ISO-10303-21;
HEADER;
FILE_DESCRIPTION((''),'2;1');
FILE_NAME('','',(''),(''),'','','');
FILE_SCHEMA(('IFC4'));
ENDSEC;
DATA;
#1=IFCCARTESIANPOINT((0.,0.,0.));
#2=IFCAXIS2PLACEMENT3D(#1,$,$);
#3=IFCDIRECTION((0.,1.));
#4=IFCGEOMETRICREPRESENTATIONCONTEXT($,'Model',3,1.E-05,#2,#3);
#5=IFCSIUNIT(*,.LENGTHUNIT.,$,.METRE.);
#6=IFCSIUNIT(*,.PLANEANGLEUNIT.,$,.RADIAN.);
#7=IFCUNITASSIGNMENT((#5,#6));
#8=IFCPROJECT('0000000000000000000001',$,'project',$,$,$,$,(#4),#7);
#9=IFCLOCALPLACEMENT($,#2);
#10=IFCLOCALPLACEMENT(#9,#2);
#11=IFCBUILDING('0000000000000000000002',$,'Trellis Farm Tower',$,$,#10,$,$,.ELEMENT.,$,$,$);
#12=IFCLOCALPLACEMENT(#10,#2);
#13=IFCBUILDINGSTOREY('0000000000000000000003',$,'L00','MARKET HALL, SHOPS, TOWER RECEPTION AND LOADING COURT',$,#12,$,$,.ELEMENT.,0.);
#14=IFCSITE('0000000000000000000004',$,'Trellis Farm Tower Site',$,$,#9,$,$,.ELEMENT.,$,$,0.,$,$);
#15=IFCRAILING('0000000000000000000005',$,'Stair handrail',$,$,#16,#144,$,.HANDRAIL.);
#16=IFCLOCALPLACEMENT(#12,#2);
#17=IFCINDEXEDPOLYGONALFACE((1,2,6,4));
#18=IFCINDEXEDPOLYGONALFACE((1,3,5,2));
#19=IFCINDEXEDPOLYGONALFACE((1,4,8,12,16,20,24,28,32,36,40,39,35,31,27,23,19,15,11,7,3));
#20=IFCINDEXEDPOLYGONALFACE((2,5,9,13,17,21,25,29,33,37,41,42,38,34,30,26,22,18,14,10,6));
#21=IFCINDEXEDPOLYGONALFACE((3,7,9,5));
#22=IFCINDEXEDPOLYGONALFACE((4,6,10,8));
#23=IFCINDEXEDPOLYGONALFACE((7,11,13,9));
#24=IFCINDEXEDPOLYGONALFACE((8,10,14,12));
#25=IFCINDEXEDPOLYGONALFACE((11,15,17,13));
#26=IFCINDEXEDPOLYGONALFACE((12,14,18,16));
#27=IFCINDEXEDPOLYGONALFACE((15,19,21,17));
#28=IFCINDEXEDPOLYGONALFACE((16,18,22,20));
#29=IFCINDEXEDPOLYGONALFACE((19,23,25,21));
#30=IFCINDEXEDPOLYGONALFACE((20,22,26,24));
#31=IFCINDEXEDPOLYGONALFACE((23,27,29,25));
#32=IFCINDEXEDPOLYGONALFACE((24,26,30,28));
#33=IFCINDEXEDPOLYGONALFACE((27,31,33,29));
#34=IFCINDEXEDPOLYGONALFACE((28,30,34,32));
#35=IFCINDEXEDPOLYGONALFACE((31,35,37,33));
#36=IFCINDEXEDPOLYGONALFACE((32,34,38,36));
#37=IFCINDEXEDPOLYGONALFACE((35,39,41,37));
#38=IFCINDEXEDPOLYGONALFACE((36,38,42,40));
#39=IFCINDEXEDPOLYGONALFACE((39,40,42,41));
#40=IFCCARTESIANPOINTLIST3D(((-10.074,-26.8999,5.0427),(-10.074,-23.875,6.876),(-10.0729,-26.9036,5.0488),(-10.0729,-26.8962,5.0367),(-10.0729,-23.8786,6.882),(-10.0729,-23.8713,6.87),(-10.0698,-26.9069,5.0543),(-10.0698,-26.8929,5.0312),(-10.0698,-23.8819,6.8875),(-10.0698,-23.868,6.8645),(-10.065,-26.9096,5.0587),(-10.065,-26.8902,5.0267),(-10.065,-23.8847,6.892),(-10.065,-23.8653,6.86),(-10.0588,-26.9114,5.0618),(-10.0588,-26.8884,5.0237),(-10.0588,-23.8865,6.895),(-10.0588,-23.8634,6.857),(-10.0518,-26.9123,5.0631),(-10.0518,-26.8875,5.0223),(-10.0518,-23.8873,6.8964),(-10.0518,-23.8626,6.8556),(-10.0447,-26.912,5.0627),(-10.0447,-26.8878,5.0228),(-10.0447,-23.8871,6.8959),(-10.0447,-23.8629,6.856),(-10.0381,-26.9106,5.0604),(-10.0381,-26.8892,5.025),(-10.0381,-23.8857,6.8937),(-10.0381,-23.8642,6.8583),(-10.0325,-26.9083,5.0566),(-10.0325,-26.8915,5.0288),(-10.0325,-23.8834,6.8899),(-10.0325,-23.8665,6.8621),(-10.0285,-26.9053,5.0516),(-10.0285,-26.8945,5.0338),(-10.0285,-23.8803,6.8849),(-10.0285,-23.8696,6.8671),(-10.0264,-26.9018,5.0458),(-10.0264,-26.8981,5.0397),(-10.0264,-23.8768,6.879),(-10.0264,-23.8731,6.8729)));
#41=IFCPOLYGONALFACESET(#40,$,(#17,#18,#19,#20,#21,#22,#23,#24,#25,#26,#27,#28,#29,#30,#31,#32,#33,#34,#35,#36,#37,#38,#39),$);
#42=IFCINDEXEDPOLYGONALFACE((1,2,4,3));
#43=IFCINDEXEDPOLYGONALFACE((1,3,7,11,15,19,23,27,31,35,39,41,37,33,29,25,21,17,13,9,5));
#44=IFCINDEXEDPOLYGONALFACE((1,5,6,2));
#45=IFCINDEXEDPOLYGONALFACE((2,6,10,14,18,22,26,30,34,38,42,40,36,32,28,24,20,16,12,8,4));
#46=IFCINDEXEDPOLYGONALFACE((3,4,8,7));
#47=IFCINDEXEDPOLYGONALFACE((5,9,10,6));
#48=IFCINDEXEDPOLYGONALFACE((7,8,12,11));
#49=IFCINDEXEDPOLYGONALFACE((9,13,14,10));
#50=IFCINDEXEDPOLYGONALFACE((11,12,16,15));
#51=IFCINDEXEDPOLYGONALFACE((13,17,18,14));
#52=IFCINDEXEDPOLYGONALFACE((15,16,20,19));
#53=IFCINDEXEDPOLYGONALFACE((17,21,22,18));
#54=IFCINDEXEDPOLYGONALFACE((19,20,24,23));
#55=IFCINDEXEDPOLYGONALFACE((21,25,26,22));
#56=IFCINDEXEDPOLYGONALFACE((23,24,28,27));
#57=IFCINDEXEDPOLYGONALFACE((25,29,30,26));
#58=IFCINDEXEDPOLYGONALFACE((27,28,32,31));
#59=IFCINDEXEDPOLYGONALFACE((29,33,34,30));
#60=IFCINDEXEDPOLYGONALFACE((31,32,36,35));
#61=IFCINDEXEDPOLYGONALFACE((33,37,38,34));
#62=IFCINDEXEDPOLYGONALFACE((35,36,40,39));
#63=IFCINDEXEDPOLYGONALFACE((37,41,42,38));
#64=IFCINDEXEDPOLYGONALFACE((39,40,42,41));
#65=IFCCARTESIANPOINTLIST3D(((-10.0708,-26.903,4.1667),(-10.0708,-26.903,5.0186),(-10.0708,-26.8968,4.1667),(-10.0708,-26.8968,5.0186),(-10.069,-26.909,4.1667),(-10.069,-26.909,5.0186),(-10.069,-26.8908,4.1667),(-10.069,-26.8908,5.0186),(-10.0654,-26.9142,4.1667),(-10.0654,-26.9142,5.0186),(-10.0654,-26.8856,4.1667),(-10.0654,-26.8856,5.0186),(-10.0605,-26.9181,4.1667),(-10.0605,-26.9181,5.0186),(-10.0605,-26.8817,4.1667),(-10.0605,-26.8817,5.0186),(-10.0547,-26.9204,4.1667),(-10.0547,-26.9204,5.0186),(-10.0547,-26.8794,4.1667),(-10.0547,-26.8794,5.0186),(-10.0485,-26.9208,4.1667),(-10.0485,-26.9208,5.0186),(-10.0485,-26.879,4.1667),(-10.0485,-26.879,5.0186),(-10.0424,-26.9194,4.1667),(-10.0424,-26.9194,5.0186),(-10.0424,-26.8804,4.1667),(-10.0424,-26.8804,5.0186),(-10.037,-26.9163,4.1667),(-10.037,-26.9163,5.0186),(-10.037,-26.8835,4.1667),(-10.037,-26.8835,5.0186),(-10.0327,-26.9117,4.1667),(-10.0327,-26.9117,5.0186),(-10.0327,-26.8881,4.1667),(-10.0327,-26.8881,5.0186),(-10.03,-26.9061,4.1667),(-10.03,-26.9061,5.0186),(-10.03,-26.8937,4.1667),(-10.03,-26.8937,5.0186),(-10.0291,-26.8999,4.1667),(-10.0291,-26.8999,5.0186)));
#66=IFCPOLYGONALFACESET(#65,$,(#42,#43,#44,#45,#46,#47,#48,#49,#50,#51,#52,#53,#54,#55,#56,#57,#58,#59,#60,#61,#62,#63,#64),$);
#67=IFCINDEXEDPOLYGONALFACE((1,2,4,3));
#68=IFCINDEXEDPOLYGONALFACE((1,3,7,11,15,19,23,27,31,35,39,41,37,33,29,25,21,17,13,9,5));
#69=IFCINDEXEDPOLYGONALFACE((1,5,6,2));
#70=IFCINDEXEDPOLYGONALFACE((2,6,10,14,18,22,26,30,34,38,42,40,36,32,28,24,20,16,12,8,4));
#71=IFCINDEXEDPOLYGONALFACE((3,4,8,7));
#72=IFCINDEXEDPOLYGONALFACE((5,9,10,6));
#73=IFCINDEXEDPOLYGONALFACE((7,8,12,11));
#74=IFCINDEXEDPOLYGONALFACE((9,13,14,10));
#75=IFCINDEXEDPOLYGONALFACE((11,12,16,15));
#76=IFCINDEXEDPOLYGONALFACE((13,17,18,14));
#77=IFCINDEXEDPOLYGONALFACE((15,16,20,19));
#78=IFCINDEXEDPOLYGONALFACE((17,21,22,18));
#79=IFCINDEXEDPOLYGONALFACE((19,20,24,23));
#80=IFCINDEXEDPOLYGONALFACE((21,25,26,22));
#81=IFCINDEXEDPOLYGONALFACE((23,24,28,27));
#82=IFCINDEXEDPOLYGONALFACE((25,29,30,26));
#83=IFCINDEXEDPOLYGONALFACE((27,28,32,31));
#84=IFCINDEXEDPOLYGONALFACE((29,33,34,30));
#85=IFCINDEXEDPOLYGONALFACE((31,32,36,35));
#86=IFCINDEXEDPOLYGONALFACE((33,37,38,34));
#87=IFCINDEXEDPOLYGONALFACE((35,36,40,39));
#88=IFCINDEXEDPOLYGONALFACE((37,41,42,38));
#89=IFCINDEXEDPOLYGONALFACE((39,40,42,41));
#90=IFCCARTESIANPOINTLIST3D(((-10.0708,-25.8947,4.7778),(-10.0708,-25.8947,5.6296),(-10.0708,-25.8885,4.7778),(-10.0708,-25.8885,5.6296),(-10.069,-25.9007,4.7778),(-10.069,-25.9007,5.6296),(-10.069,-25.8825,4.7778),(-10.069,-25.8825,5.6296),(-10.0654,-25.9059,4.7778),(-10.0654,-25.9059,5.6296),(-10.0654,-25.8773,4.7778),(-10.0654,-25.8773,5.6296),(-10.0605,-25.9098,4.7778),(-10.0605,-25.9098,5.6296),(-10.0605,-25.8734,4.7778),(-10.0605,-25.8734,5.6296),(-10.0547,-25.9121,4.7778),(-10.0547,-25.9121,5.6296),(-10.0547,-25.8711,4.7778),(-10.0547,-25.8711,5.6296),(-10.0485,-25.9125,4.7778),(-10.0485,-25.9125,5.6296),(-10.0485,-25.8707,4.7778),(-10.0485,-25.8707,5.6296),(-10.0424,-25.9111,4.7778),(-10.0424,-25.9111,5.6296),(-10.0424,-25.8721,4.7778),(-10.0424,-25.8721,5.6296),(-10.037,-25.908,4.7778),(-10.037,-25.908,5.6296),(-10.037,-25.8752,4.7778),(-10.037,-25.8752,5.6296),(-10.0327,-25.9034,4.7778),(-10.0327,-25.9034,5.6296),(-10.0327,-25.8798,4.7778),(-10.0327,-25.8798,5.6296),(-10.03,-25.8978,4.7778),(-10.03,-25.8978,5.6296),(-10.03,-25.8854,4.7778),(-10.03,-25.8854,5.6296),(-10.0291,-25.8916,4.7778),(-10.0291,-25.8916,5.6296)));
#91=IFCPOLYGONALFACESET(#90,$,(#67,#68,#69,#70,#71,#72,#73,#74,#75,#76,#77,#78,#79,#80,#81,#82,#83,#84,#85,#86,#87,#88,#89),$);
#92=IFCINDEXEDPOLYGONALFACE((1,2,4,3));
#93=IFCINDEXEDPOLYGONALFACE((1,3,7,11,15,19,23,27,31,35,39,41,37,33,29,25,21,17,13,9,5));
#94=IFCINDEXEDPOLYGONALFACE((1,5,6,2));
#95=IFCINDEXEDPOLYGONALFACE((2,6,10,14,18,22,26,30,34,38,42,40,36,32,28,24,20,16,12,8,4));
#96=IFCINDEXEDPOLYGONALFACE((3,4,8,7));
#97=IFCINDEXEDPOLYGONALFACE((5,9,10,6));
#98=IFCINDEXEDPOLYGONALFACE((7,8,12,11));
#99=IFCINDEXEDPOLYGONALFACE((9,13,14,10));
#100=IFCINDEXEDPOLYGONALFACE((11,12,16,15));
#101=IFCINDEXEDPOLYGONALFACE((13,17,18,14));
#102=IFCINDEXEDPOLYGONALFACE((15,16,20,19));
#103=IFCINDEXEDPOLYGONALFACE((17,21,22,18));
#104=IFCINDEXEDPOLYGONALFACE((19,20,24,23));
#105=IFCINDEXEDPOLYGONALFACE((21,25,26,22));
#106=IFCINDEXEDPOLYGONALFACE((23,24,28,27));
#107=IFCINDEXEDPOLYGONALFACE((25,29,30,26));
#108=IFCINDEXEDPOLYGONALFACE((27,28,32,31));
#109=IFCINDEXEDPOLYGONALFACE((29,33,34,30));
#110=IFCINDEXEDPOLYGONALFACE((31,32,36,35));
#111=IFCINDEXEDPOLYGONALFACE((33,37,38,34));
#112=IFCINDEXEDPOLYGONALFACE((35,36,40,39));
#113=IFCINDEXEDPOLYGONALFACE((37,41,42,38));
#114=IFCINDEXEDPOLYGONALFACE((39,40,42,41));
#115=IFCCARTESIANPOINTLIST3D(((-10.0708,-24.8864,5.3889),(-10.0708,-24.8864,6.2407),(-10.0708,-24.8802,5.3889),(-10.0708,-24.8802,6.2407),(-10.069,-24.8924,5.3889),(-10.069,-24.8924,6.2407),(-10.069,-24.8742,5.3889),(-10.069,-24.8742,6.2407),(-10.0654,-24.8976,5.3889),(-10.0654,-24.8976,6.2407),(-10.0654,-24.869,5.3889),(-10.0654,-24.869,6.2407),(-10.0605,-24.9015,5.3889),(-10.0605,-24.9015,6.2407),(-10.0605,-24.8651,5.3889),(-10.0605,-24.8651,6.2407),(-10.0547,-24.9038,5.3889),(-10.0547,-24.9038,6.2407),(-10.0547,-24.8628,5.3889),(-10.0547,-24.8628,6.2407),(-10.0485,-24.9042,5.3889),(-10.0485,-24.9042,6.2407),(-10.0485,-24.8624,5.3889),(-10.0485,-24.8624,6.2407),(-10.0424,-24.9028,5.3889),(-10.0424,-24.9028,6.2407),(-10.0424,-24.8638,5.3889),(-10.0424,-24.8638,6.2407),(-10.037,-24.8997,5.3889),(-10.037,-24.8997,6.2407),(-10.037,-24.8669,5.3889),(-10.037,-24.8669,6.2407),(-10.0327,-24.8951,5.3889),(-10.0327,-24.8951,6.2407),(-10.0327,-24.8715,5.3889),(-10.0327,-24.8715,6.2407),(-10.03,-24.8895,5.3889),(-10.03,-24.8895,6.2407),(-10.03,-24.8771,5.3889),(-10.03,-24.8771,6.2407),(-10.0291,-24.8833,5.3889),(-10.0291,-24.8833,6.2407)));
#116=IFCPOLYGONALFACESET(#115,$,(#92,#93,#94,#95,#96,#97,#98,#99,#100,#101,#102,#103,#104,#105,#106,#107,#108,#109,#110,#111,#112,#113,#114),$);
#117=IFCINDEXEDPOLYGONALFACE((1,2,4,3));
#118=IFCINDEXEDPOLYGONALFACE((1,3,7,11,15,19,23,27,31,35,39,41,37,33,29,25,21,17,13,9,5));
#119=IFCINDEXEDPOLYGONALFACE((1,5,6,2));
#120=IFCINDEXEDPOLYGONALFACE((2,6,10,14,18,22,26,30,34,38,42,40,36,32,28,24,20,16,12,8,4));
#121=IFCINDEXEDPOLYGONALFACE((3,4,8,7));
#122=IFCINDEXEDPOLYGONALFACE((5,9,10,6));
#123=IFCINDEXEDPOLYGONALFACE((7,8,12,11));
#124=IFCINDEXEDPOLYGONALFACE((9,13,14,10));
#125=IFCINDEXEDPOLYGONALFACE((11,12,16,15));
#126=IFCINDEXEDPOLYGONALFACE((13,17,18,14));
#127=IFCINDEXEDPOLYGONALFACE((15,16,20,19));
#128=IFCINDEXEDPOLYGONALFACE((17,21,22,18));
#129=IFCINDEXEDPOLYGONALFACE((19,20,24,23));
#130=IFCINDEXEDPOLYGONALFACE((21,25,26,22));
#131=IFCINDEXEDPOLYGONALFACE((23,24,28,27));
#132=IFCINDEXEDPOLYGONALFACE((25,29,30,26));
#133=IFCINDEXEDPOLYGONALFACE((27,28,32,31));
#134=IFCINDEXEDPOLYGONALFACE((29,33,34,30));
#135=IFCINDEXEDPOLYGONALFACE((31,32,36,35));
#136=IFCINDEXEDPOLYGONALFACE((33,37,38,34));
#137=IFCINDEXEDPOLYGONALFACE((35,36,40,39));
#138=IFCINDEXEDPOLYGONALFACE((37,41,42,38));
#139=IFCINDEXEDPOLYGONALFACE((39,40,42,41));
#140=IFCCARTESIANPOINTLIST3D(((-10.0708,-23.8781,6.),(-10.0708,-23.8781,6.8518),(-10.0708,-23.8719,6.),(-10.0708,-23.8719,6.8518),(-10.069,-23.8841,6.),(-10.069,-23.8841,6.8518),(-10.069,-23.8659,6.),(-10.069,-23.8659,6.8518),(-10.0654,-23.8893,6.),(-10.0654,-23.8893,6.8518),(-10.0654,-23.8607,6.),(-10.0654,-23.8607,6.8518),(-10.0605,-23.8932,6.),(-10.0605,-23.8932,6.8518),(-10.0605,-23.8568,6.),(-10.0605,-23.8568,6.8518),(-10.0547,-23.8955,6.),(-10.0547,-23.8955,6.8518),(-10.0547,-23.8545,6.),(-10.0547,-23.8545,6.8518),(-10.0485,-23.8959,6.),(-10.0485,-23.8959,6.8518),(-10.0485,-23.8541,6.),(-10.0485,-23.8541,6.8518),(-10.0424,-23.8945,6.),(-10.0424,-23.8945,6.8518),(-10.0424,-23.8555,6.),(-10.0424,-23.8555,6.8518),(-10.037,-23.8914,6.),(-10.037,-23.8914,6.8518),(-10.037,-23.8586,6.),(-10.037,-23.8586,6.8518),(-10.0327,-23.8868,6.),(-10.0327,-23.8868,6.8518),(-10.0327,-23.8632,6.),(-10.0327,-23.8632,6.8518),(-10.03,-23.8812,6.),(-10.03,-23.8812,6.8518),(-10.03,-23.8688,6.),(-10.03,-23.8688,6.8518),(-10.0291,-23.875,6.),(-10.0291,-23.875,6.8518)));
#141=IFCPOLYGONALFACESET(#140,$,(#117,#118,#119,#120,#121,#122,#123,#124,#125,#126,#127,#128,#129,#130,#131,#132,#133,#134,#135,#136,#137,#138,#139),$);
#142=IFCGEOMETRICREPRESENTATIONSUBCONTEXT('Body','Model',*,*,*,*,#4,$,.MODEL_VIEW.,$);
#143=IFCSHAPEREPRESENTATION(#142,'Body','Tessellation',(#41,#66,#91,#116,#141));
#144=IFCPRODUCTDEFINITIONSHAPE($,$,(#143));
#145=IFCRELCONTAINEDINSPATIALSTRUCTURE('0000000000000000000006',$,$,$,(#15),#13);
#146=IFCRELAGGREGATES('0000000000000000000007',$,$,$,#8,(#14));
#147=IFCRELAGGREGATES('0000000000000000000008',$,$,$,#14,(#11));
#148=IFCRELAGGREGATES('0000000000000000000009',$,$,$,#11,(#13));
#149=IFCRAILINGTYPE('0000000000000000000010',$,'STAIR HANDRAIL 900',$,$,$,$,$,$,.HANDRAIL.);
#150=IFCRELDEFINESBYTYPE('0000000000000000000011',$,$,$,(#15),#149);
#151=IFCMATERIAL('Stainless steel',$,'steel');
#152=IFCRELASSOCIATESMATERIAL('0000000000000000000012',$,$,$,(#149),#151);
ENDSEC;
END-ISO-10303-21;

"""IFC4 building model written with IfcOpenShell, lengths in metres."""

from ifc_helpers import new_model, si_unit, direction, frame, origin, origin_2d, place, context, subcontext, project, spatial, circle, extrude, source, transform, mapped, material, type_object, element, save


model = new_model("IFC4")

# Units and contexts
model_context = context("Model", 3, precision=1e-05, world=origin(), true_north=direction((0.0, 1.0)))
body_context = subcontext(model_context, "Body", "Model", "MODEL_VIEW")
ifc_project = project(units=[si_unit("LENGTHUNIT", "METRE"), si_unit("PLANEANGLEUNIT", "RADIAN")], contexts=[model_context])

# Site, building, storey
site_placement = place(None, origin())
site = spatial("IfcSite", under=ifc_project, at=site_placement, Name="Trellis Farm Tower Site", CompositionType="ELEMENT", RefElevation=0.0)
building_placement = place(site_placement, origin())
building = spatial("IfcBuilding", under=site, at=building_placement, Name="Trellis Farm Tower", CompositionType="ELEMENT")
storey_placement = place(building_placement, origin())
storey = spatial("IfcBuildingStorey", under=building, at=storey_placement, Name="L00", Description="MARKET HALL, SHOPS, TOWER RECEPTION AND LOADING COURT", CompositionType="ELEMENT", Elevation=0.0)

# Railing
ifc_material_1 = material(Name="Stainless steel", Category="steel")
railing_type = type_object("IfcRailingType", Name="STAIR HANDRAIL 900", PredefinedType="HANDRAIL", material=ifc_material_1)
shared_shape_1 = source(origin(), body_context, "Body", "SweptSolid", [
    extrude(circle(Radius=0.0239, at=origin_2d()), frame((0.0, 0.0, 0.876), z_axis=(0.0, 0.855201, 0.518297), x_axis=(-1.0, 0.0, 0.0)), (0.0, 0.0, 1.0), 3.5371),
    extrude(circle(Radius=0.021, at=origin_2d()), origin(), (0.0, 0.0, 1.0), 0.8518),
    extrude(circle(Radius=0.021, at=origin_2d()), frame((0.0, 1.0083, 0.6111)), (0.0, 0.0, 1.0), 0.8518),
    extrude(circle(Radius=0.021, at=origin_2d()), frame((0.0, 2.0166, 1.2222)), (0.0, 0.0, 1.0), 0.8518),
    extrude(circle(Radius=0.021, at=origin_2d()), frame((0.0, 3.0249, 1.8333)), (0.0, 0.0, 1.0), 0.8518),
])
for number, where, name in (
    (1, (-10.05, -26.8999, 4.1667), "Stair handrail"),
):
    element("IfcRailing", number, at=place(storey_placement, frame(where)), inside=storey, type_object=railing_type, Name=name, PredefinedType="HANDRAIL", context=body_context, shape_type="MappedRepresentation", body=[
        mapped(shared_shape_1, transform((0.0, 0.0, 0.0))),
    ])

save(model, "model.ifc")
